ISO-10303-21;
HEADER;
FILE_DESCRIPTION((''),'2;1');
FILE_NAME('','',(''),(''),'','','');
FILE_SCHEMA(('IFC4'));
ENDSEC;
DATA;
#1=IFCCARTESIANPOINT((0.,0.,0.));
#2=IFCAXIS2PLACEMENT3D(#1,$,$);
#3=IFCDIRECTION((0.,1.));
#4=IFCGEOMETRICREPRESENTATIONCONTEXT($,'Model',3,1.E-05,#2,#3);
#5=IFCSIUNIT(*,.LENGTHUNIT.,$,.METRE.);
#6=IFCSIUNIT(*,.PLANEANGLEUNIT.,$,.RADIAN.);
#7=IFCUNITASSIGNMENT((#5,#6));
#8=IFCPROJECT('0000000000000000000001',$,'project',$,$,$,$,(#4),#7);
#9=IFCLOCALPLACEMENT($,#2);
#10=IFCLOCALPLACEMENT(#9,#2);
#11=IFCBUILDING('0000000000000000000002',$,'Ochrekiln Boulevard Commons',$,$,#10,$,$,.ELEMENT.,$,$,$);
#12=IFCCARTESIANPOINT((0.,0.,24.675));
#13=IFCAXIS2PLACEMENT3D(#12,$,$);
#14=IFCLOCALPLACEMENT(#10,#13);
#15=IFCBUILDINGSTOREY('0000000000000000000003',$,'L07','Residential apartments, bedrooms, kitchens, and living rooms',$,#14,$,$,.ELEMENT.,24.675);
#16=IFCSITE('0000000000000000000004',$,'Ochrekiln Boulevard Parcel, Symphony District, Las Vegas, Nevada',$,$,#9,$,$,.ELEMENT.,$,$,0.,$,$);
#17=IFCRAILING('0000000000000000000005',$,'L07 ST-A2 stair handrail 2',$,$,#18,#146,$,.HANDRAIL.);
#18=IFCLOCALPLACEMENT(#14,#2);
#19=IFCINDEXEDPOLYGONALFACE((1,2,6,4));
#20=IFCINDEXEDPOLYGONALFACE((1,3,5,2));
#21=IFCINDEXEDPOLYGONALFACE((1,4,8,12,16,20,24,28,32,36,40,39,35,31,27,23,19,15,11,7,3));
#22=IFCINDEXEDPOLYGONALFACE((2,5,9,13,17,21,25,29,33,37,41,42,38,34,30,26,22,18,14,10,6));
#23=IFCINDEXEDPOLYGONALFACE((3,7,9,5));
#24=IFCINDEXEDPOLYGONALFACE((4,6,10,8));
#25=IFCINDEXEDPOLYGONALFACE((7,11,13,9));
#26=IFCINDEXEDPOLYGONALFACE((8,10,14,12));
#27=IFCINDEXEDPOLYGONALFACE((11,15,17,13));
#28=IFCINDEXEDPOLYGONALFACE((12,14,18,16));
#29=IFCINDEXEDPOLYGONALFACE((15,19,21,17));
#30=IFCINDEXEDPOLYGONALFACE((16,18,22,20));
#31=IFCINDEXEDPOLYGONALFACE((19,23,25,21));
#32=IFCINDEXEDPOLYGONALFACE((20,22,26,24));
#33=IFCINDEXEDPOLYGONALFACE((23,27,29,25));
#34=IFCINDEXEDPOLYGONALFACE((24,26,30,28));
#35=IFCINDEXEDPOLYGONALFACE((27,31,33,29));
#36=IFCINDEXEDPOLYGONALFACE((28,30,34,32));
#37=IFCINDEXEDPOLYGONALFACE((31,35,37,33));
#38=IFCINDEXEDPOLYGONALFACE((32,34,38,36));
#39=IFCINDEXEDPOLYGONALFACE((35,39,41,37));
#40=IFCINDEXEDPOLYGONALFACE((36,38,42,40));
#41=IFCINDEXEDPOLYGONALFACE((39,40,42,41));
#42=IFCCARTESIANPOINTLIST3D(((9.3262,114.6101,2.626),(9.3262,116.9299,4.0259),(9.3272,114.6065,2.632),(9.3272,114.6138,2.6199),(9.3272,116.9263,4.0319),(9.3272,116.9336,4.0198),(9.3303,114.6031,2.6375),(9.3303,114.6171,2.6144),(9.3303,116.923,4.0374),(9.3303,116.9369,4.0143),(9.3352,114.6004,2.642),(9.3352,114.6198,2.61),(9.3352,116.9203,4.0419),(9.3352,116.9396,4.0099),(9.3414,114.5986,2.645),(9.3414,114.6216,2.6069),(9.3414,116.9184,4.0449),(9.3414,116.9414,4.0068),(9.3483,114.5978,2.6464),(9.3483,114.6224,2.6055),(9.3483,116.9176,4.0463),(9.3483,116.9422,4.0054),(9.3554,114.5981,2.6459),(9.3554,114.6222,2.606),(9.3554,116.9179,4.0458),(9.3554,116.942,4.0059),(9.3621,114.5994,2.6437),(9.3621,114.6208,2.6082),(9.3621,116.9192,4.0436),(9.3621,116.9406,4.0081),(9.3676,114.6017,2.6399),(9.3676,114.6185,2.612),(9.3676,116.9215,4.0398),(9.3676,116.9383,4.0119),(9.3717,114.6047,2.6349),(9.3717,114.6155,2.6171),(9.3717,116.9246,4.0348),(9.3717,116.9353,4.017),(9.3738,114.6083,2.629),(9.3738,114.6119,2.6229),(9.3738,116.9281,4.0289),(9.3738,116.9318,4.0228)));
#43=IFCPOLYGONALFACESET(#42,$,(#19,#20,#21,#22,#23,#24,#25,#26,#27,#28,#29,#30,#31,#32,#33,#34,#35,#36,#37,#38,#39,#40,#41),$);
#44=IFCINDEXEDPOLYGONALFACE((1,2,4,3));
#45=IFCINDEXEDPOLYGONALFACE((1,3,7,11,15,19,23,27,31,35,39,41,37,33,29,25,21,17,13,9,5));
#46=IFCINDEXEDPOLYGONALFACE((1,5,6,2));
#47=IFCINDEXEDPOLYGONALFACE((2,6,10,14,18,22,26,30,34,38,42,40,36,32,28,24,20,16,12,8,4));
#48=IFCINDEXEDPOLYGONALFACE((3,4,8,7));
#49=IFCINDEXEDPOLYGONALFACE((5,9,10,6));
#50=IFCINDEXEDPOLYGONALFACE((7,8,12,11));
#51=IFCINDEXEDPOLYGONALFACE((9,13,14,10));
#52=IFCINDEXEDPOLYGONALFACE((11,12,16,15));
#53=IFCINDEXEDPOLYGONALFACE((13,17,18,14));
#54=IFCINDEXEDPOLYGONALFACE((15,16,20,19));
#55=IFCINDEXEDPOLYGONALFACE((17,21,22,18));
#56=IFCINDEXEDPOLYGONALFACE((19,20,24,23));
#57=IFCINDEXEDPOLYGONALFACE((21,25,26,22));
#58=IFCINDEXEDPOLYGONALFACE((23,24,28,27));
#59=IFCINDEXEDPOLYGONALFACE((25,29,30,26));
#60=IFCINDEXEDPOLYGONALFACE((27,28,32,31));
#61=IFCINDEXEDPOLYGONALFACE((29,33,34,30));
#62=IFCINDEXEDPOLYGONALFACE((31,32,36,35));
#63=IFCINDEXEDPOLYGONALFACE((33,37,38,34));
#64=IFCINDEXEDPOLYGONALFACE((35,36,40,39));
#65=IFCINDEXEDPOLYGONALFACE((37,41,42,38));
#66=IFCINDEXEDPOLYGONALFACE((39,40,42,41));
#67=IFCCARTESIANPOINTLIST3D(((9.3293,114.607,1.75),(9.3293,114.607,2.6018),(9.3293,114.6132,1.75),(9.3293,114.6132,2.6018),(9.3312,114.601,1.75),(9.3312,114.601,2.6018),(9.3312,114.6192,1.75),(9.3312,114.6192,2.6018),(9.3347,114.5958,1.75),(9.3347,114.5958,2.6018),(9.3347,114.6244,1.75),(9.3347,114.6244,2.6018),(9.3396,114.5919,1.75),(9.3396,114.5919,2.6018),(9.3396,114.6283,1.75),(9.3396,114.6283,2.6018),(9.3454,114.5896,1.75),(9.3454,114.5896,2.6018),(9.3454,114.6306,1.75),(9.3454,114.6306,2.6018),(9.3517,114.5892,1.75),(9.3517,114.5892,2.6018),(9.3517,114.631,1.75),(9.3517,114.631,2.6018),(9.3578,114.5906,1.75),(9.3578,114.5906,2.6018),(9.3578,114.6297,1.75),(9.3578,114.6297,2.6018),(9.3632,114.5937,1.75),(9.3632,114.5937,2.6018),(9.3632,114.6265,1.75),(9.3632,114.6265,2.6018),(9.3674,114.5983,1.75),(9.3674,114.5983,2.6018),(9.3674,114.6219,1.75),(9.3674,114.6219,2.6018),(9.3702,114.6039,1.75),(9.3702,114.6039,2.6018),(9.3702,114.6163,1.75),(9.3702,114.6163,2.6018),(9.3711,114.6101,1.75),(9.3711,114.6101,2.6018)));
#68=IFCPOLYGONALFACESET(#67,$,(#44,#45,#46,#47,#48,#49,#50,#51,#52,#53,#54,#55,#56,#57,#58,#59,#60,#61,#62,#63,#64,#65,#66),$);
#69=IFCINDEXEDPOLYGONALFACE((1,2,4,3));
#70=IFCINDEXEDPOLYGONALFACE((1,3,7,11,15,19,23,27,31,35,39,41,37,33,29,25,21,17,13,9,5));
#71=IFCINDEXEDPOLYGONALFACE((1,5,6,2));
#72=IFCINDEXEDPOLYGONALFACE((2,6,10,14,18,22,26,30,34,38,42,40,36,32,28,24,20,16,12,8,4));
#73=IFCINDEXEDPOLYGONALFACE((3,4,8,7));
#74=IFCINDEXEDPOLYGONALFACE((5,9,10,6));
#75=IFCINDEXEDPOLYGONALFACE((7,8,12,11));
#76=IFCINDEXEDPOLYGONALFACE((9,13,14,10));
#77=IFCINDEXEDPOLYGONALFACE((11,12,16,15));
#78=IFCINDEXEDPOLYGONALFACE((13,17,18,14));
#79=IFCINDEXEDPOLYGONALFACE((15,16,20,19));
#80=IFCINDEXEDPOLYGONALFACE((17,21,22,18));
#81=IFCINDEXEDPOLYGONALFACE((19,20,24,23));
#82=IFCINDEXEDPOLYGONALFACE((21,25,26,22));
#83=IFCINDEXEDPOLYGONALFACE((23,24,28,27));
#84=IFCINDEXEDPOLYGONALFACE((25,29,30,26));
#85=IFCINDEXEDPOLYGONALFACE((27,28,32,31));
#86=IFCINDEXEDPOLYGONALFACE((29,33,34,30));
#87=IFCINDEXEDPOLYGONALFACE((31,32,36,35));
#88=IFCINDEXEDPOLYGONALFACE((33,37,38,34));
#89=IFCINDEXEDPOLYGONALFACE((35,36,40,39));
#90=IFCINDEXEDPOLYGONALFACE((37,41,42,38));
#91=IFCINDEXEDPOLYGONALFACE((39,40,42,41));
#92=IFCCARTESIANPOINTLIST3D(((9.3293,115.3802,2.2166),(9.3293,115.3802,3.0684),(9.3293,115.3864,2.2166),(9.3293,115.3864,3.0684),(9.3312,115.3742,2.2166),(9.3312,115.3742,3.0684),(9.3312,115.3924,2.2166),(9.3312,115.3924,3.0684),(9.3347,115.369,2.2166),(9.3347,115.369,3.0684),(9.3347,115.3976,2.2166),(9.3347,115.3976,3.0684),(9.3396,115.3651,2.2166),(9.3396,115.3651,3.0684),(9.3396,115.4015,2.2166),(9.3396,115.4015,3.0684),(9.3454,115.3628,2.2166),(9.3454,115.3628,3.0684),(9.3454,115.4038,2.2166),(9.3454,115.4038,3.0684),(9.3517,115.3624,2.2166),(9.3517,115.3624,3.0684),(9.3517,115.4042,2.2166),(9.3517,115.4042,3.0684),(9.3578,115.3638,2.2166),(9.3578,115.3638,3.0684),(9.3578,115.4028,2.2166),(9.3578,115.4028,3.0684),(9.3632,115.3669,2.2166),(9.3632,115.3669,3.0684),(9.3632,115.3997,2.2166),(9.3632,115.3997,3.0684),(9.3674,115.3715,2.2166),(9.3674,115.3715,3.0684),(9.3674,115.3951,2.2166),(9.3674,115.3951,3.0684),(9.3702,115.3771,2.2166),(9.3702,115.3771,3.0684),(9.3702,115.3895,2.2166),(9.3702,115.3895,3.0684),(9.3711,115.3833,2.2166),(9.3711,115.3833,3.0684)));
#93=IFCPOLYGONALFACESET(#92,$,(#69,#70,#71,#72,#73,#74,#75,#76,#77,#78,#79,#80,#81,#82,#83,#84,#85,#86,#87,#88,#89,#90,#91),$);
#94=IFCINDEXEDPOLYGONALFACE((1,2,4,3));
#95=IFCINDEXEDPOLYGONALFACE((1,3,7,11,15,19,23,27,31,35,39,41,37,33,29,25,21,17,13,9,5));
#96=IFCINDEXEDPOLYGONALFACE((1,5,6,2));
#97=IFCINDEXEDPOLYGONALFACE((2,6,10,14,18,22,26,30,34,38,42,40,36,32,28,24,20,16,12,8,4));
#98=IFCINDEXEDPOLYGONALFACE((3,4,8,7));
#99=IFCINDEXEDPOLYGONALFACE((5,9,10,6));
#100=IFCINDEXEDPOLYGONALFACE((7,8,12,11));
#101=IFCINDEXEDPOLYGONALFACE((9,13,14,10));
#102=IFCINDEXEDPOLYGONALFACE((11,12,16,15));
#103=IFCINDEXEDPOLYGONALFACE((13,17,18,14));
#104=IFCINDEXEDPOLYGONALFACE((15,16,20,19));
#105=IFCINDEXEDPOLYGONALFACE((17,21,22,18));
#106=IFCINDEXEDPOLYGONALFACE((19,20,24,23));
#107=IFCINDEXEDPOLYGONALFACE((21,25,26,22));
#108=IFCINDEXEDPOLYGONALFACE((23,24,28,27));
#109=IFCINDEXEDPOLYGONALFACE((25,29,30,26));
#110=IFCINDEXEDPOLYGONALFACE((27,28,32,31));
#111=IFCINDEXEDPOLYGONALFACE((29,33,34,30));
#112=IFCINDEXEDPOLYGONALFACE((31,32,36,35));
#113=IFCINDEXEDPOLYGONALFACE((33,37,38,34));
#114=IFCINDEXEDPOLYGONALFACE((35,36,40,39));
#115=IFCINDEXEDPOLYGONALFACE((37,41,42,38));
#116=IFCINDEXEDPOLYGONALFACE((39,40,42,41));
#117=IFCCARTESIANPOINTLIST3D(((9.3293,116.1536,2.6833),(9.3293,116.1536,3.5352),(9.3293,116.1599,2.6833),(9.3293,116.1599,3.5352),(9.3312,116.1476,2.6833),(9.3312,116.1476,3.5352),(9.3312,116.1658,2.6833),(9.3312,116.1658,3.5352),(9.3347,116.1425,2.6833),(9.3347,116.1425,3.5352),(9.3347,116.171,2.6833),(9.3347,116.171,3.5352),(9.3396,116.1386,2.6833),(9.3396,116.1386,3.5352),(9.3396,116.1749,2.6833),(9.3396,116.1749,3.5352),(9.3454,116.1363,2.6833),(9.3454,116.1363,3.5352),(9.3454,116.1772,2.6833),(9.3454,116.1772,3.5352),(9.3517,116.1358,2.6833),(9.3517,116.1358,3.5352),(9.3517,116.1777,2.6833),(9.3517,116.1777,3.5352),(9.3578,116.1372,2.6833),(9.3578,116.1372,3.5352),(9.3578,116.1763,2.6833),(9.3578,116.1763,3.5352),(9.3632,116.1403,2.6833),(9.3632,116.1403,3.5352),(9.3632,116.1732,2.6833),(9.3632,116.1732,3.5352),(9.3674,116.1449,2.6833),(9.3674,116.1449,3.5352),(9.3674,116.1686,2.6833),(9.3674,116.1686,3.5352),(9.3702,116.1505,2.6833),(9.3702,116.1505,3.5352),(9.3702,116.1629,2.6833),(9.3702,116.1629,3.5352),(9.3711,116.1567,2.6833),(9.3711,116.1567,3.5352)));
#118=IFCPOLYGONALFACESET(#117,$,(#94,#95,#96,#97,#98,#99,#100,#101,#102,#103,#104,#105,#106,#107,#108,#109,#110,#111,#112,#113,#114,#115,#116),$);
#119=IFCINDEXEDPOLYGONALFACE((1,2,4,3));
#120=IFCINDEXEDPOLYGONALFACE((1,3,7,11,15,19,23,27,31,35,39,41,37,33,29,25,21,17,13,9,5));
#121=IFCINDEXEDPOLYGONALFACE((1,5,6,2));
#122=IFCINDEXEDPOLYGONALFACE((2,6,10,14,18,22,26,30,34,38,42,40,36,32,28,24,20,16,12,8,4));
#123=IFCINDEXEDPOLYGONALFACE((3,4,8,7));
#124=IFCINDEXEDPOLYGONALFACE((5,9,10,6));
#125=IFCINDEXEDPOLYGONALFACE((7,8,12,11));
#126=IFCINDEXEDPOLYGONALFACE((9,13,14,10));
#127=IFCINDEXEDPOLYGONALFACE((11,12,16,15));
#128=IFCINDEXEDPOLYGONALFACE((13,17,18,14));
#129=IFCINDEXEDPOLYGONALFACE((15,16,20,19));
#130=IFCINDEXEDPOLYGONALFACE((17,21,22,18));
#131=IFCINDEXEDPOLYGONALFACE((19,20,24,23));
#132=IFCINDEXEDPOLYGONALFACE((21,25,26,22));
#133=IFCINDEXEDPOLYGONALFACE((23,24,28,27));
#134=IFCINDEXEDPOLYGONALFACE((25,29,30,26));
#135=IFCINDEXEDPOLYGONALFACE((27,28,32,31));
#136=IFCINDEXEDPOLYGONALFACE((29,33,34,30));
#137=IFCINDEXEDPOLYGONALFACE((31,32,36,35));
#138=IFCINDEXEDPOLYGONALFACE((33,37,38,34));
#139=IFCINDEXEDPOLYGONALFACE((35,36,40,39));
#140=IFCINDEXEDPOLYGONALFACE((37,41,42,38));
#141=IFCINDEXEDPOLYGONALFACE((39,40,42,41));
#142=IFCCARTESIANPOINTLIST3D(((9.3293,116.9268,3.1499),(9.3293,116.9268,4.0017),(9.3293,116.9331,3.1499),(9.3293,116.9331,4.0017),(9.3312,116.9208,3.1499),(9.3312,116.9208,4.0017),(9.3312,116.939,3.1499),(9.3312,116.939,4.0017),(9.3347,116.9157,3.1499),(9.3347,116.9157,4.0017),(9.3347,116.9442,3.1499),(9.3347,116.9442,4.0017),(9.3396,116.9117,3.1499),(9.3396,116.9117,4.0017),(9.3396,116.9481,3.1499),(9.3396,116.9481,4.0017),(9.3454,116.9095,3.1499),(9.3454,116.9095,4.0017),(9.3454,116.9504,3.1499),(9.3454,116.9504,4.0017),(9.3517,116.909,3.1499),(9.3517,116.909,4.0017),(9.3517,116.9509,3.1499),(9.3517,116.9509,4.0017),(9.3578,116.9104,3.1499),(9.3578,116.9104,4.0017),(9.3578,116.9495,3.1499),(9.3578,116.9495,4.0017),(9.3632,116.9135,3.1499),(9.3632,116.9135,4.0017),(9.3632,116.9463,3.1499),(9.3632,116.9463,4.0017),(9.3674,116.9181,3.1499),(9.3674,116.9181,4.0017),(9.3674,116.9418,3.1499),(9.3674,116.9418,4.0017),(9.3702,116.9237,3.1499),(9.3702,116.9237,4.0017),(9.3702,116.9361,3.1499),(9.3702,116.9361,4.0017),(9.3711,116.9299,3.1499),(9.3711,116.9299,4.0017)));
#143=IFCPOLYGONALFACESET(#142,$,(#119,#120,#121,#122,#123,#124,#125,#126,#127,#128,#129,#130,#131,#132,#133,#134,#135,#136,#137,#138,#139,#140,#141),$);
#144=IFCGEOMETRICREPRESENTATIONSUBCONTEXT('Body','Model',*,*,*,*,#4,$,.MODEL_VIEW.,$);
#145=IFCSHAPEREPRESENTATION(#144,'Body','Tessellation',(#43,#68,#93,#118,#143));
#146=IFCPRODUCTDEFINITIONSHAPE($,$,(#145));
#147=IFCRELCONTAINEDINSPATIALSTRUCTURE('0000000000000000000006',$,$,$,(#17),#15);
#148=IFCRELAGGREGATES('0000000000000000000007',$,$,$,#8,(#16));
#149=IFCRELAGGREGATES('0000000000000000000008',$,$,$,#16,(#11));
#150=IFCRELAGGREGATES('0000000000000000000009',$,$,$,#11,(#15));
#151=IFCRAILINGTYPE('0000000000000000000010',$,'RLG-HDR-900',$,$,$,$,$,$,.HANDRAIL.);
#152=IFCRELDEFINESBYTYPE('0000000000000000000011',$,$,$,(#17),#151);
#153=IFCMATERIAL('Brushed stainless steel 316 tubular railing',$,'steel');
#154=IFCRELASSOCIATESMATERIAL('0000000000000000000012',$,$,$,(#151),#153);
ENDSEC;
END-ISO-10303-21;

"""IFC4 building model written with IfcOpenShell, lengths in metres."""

from ifc_helpers import new_model, si_unit, direction, frame, origin, origin_2d, place, context, subcontext, project, spatial, circle, extrude, material, type_object, element, save


model = new_model("IFC4")

# Units and contexts
model_context = context("Model", 3, precision=1e-05, world=origin(), true_north=direction((0.0, 1.0)))
body_context = subcontext(model_context, "Body", "Model", "MODEL_VIEW")
ifc_project = project(units=[si_unit("LENGTHUNIT", "METRE"), si_unit("PLANEANGLEUNIT", "RADIAN")], contexts=[model_context])

# Site, building, storey
site_placement = place(None, origin())
site = spatial("IfcSite", under=ifc_project, at=site_placement, Name="Ochrekiln Boulevard Parcel, Symphony District, Las Vegas, Nevada", CompositionType="ELEMENT", RefElevation=0.0)
building_placement = place(site_placement, origin())
building = spatial("IfcBuilding", under=site, at=building_placement, Name="Ochrekiln Boulevard Commons", CompositionType="ELEMENT")
storey_placement = place(building_placement, frame((0.0, 0.0, 24.675)))
storey = spatial("IfcBuildingStorey", under=building, at=storey_placement, Name="L07", Description="Residential apartments, bedrooms, kitchens, and living rooms", CompositionType="ELEMENT", Elevation=24.675)

# Railing
ifc_material_1 = material(Name="Brushed stainless steel 316 tubular railing", Category="steel")
railing_type = type_object("IfcRailingType", Name="RLG-HDR-900", PredefinedType="HANDRAIL", material=ifc_material_1)
railing_placement = place(storey_placement, frame((9.3501, 114.6101, 1.75)))
element("IfcRailing", 1, at=railing_placement, inside=storey, type_object=railing_type, Name="L07 ST-A2 stair handrail 2", PredefinedType="HANDRAIL", context=body_context, shape_type="SweptSolid", body=[
    extrude(circle(Radius=0.0239, at=origin_2d()), frame((0.0, 0.0, 0.876), z_axis=(0.0, 0.856186, 0.516667), x_axis=(-1.0, 0.0, 0.0)), (0.0, 0.0, 1.0), 2.7095),
    extrude(circle(Radius=0.021, at=origin_2d()), origin(), (0.0, 0.0, 1.0), 0.8518),
    extrude(circle(Radius=0.021, at=origin_2d()), frame((0.0, 0.7732, 0.4666)), (0.0, 0.0, 1.0), 0.8518),
    extrude(circle(Radius=0.021, at=origin_2d()), frame((0.0, 1.5466, 0.9333)), (0.0, 0.0, 1.0), 0.8518),
    extrude(circle(Radius=0.021, at=origin_2d()), frame((0.0, 2.3198, 1.3999)), (0.0, 0.0, 1.0), 0.8518),
])

save(model, "model.ifc")
